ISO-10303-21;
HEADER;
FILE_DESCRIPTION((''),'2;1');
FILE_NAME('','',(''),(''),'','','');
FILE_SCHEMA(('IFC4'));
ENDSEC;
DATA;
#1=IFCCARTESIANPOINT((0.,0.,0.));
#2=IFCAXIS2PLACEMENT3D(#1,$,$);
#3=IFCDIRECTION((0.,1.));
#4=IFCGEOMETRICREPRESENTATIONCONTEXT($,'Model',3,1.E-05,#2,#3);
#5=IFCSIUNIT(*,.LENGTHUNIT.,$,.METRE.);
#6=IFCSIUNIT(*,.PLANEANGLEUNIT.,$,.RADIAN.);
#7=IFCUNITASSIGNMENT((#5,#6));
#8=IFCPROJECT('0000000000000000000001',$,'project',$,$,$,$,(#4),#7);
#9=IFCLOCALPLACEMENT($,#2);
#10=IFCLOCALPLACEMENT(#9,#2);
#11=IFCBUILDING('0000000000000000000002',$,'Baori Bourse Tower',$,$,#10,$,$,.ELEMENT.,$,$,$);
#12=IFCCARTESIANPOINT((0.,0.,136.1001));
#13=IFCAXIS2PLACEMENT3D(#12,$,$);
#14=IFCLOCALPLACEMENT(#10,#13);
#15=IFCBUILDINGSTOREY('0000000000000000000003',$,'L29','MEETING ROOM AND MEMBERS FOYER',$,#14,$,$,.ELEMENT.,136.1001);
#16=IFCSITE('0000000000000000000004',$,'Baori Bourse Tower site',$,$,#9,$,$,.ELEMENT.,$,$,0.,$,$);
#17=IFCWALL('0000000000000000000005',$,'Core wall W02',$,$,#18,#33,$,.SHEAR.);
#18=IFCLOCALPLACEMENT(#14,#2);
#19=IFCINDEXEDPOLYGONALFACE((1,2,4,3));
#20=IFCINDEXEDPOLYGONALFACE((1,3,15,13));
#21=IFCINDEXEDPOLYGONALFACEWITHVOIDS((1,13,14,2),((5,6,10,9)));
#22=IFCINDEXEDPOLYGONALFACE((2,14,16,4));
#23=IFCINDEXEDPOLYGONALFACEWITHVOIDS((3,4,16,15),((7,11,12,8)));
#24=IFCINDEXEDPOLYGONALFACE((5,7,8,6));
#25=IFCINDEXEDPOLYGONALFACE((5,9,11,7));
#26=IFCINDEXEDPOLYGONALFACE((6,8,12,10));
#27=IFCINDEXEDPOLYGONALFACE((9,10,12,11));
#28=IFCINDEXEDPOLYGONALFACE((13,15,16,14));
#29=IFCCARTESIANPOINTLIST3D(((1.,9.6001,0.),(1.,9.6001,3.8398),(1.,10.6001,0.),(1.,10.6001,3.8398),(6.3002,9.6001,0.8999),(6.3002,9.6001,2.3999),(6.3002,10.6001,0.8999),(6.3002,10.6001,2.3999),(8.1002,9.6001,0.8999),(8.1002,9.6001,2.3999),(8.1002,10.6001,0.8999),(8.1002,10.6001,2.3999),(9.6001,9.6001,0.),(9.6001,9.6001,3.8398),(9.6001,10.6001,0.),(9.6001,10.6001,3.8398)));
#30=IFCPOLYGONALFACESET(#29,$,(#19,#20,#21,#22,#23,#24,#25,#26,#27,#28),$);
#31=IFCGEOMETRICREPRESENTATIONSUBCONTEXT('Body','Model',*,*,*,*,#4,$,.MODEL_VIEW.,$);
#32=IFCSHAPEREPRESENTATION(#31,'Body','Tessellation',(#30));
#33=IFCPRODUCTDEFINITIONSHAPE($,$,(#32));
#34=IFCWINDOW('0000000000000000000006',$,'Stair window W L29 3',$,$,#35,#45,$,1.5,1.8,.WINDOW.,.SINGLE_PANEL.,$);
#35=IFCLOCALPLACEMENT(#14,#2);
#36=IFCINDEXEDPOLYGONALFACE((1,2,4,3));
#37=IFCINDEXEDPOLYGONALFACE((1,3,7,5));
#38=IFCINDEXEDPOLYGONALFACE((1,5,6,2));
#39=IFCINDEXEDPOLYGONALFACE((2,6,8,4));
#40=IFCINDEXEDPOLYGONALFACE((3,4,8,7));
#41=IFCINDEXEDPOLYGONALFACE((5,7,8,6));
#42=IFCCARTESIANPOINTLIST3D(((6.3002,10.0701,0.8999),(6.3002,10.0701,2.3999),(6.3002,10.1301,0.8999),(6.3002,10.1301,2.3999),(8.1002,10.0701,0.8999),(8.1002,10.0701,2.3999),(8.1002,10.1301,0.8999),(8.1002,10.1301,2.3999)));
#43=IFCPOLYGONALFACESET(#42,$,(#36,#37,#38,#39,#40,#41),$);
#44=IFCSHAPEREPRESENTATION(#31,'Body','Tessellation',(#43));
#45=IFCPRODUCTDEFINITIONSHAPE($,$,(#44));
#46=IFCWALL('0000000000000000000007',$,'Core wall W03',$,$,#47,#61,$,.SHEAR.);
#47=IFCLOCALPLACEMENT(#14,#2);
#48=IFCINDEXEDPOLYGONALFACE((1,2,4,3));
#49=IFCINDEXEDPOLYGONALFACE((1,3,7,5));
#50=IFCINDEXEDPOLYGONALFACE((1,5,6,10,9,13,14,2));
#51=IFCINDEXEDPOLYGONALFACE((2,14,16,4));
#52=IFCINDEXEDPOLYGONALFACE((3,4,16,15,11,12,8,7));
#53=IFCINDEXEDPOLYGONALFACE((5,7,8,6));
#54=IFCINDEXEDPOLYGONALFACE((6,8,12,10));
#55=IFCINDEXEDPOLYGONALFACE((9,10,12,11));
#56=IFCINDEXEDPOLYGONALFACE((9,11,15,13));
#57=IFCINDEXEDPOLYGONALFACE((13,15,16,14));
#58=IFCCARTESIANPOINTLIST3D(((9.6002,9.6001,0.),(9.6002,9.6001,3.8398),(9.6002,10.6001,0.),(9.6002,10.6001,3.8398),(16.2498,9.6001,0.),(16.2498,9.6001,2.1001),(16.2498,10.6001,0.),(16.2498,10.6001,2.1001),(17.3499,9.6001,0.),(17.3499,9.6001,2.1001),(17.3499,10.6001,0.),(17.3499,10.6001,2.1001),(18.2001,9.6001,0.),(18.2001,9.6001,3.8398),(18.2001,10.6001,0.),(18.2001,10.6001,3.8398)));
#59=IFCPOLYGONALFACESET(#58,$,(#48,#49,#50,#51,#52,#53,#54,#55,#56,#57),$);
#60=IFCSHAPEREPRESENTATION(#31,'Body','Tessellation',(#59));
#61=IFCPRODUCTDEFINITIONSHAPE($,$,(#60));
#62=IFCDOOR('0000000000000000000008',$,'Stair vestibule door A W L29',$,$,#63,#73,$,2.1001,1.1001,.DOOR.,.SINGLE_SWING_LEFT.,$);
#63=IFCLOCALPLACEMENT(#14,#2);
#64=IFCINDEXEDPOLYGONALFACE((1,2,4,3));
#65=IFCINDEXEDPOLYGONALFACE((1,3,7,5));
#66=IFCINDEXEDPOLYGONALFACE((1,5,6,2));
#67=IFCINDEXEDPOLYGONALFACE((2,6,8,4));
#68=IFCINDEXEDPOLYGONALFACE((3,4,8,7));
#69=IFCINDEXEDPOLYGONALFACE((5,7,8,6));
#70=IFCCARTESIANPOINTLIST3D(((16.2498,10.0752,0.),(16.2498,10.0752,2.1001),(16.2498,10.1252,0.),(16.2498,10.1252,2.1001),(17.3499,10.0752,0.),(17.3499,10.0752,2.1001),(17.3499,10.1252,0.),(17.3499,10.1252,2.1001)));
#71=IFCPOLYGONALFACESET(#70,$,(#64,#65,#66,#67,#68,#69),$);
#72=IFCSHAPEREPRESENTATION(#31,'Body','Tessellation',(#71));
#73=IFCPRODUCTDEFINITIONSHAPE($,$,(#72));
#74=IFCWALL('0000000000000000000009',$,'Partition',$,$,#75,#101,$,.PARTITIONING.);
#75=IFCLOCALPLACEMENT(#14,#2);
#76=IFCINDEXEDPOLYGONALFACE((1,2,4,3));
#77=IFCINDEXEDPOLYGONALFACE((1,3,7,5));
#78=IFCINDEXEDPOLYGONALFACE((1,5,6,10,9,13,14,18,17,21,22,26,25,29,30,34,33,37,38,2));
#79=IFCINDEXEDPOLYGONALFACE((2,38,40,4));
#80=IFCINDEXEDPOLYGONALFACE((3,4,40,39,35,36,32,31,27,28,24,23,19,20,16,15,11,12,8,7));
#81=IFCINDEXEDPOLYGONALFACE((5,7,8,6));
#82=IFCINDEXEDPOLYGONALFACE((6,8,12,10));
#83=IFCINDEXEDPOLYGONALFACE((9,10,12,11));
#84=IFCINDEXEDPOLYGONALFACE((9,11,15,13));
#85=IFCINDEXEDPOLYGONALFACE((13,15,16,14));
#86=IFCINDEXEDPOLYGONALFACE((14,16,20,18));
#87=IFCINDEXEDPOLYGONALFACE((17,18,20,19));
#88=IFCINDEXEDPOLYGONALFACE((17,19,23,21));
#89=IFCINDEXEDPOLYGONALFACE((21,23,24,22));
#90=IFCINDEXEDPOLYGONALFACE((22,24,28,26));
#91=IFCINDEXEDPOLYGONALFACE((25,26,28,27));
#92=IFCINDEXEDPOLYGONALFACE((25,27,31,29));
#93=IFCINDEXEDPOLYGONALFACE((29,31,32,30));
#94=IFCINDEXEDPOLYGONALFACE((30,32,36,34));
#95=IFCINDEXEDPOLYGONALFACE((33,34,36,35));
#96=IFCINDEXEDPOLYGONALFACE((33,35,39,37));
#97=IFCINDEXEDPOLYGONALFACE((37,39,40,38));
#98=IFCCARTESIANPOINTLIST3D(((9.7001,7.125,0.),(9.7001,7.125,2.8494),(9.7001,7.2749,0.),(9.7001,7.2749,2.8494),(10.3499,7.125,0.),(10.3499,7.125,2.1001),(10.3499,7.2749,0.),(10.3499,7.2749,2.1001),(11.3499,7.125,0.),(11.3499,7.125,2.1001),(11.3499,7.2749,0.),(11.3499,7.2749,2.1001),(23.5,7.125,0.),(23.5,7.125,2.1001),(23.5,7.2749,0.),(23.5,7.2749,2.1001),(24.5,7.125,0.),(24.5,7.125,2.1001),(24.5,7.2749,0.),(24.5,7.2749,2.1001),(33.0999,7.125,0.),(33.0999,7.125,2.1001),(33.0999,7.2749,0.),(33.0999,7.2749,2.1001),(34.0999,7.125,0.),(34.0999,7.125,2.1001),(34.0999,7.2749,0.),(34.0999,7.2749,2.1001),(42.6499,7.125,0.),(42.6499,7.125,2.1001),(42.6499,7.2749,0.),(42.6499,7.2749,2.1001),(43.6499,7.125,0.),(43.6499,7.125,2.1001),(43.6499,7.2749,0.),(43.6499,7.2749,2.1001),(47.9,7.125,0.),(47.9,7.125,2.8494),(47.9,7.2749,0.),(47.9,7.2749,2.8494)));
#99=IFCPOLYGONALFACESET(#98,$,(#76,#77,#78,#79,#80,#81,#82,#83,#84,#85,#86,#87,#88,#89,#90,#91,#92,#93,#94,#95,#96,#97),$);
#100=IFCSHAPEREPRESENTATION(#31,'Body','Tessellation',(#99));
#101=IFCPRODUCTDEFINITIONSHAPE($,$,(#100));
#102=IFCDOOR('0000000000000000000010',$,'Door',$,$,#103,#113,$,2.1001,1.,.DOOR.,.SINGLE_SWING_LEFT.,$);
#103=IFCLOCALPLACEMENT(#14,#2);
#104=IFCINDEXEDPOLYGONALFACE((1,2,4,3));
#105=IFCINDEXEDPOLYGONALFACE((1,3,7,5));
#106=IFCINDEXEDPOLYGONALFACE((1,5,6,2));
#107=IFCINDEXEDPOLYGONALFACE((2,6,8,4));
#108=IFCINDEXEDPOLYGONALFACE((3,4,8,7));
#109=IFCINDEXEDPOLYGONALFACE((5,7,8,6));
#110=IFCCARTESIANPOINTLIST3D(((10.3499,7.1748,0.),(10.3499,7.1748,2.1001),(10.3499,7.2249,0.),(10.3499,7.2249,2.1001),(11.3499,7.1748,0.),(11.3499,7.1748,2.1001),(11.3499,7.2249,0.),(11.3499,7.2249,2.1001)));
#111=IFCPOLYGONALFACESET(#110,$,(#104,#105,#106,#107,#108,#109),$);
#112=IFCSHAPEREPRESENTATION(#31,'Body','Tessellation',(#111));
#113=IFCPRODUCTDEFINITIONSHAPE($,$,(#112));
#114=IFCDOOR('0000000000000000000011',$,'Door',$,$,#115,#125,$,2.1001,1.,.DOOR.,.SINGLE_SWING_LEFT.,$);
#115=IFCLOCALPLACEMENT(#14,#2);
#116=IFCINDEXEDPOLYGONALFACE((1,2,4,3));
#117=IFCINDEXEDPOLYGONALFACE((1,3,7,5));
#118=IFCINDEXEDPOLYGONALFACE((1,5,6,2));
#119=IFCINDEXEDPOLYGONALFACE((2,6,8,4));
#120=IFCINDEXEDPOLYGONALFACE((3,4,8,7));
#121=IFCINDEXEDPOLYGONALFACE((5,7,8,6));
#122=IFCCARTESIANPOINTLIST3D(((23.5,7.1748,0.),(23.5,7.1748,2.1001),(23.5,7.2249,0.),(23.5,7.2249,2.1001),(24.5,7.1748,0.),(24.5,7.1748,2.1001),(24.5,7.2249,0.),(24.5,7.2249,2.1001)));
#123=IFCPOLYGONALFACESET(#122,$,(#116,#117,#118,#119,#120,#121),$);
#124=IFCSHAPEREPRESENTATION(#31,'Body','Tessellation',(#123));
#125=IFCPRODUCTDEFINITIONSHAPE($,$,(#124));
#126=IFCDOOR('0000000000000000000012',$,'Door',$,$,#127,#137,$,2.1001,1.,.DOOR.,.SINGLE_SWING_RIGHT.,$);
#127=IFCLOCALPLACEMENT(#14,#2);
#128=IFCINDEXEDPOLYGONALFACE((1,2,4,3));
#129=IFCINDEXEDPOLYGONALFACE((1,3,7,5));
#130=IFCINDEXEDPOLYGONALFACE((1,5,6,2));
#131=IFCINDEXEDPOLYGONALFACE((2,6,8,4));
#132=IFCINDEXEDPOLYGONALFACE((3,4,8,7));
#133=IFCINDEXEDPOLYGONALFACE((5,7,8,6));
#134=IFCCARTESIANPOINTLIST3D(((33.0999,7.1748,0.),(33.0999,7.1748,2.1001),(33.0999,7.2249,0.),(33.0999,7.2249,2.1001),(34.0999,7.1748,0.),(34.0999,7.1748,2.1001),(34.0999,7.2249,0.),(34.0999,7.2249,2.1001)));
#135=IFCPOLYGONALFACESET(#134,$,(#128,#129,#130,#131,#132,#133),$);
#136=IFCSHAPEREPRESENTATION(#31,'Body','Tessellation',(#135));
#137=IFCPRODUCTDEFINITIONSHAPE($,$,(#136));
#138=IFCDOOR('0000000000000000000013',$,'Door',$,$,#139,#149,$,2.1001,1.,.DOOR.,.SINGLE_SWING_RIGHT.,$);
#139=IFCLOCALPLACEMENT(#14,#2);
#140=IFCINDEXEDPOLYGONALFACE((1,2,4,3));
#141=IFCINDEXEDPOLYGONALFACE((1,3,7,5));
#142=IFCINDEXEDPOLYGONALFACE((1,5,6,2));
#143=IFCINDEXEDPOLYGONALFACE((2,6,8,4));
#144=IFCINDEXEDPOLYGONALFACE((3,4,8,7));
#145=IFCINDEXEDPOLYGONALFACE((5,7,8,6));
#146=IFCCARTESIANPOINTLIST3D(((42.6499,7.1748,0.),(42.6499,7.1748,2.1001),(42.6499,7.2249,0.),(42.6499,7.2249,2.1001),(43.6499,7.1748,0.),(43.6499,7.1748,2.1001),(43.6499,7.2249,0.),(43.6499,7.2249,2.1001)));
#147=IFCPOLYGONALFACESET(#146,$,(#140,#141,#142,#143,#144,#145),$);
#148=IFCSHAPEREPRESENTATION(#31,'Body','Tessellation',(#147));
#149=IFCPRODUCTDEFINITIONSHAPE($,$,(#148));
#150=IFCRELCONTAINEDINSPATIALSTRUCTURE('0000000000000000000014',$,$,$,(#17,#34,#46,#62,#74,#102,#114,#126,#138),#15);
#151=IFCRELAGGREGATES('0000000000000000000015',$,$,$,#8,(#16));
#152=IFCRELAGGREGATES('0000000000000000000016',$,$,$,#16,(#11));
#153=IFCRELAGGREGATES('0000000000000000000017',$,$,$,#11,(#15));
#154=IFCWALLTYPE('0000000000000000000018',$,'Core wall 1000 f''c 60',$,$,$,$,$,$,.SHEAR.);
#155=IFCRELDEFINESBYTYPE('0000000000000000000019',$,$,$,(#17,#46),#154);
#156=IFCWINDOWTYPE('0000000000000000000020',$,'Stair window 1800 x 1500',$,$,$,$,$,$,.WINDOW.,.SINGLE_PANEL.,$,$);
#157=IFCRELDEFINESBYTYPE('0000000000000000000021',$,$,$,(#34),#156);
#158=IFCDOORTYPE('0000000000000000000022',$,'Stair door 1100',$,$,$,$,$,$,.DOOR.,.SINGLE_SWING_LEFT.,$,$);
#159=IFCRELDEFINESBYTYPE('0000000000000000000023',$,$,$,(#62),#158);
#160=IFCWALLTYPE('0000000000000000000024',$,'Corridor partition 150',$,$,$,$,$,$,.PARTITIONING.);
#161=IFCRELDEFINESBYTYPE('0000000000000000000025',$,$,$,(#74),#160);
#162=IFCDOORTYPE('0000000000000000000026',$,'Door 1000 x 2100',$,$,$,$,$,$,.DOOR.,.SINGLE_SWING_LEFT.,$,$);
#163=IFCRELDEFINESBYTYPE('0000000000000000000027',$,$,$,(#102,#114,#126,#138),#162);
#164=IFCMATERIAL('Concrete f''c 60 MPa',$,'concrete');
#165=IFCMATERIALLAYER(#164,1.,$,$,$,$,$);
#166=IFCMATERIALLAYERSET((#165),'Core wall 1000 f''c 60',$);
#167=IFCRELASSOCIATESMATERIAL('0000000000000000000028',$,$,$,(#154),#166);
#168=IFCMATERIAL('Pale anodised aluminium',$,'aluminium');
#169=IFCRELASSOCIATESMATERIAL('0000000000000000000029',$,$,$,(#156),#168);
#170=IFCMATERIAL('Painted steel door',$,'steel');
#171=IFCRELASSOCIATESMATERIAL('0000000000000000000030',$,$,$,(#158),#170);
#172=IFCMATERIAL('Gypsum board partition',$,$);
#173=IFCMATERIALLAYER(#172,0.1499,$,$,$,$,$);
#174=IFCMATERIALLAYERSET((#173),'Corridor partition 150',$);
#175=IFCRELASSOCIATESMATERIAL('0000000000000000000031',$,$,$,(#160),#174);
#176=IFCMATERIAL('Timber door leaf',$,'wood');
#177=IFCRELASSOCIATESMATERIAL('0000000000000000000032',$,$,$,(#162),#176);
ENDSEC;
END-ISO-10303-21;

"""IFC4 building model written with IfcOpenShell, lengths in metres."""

from ifc_helpers import new_model, si_unit, direction, frame, frame_2d, origin, place, context, subcontext, project, spatial, rectangle, extrude, material, layer, layer_set, type_object, element, fill, save


model = new_model("IFC4")

# Units and contexts
model_context = context("Model", 3, precision=1e-05, world=origin(), true_north=direction((0.0, 1.0)))
body_context = subcontext(model_context, "Body", "Model", "MODEL_VIEW")
ifc_project = project(units=[si_unit("LENGTHUNIT", "METRE"), si_unit("PLANEANGLEUNIT", "RADIAN")], contexts=[model_context])

# Site, building, storey
site_placement = place(None, origin())
site = spatial("IfcSite", under=ifc_project, at=site_placement, Name="Baori Bourse Tower site", CompositionType="ELEMENT", RefElevation=0.0)
building_placement = place(site_placement, origin())
building = spatial("IfcBuilding", under=site, at=building_placement, Name="Baori Bourse Tower", CompositionType="ELEMENT")
storey_placement = place(building_placement, frame((0.0, 0.0, 136.1001)))
storey = spatial("IfcBuildingStorey", under=building, at=storey_placement, Name="L29", Description="MEETING ROOM AND MEMBERS FOYER", CompositionType="ELEMENT", Elevation=136.1001)

# Wall, opening, window
ifc_material_1 = material(Name="Concrete f'c 60 MPa", Category="concrete")
ifc_layer_1 = layer(ifc_material_1, 1.0)
ifc_layer_set_1 = layer_set([ifc_layer_1], Name="Core wall 1000 f'c 60")
wall_type_1 = type_object("IfcWallType", Name="Core wall 1000 f'c 60", PredefinedType="SHEAR", material=ifc_layer_set_1)
wall_1_placement = place(storey_placement, frame((9.6001, 10.1001, 0.0), z_axis=(0.0, 0.0, 1.0), x_axis=(-1.0, 0.0, 0.0)))
wall_1 = element("IfcWall", 1, at=wall_1_placement, inside=storey, type_object=wall_type_1, Name="Core wall W02", PredefinedType="SHEAR", context=body_context, shape_type="SweptSolid", body=[
    extrude(rectangle(XDim=8.6001, YDim=1.0, at=frame_2d((4.3, 0.0))), origin(), (0.0, 0.0, 1.0), 3.8398),
])
opening_1_placement = place(wall_1_placement, frame((1.5, 0.0, 0.8999)))
opening_1 = element("IfcOpeningElement", 2, at=opening_1_placement, cuts=wall_1, PredefinedType="OPENING", context=body_context, shape_type="SweptSolid", body=[
    extrude(rectangle(XDim=1.8, YDim=1.5, at=frame_2d((0.8999, 0.75))), frame((0.0, 0.51, 0.0), z_axis=(0.0, -1.0, 0.0), x_axis=(1.0, 0.0, 0.0)), (0.0, 0.0, 1.0), 1.02),
])
ifc_material_2 = material(Name="Pale anodised aluminium", Category="aluminium")
window_type = type_object("IfcWindowType", Name="Stair window 1800 x 1500", PartitioningType="SINGLE_PANEL", PredefinedType="WINDOW", material=ifc_material_2)
window_placement = place(opening_1_placement, origin())
window = element("IfcWindow", 3, at=window_placement, inside=storey, type_object=window_type, Name="Stair window W L29 3", OverallHeight=1.5, OverallWidth=1.8, PartitioningType="SINGLE_PANEL", PredefinedType="WINDOW", context=body_context, shape_type="SweptSolid", body=[
    extrude(rectangle(XDim=1.8, YDim=1.5, at=frame_2d((0.8999, 0.75))), frame((0.0, 0.03, 0.0), z_axis=(0.0, -1.0, 0.0), x_axis=(1.0, 0.0, 0.0)), (0.0, 0.0, 1.0), 0.0601),
])
fill(opening_1, window)

# Wall, opening, door
wall_2_placement = place(storey_placement, frame((18.2, 10.1001, 0.0), z_axis=(0.0, 0.0, 1.0), x_axis=(-1.0, 0.0, 0.0)))
wall_2 = element("IfcWall", 4, at=wall_2_placement, inside=storey, type_object=wall_type_1, Name="Core wall W03", PredefinedType="SHEAR", context=body_context, shape_type="SweptSolid", body=[
    extrude(rectangle(XDim=8.5999, YDim=1.0, at=frame_2d((4.2998, 0.0))), origin(), (0.0, 0.0, 1.0), 3.8398),
])
opening_2_placement = place(wall_2_placement, frame((0.8501, 0.0, 0.0)))
opening_2 = element("IfcOpeningElement", 5, at=opening_2_placement, cuts=wall_2, PredefinedType="OPENING", context=body_context, shape_type="SweptSolid", body=[
    extrude(rectangle(XDim=1.1001, YDim=2.1001, at=frame_2d((0.55, 1.05))), frame((0.0, 0.51, 0.0), z_axis=(0.0, -1.0, 0.0), x_axis=(1.0, 0.0, 0.0)), (0.0, 0.0, 1.0), 1.02),
])
ifc_material_3 = material(Name="Painted steel door", Category="steel")
door_type_1 = type_object("IfcDoorType", Name="Stair door 1100", OperationType="SINGLE_SWING_LEFT", PredefinedType="DOOR", material=ifc_material_3)
door_1_placement = place(opening_2_placement, origin())
door_1 = element("IfcDoor", 6, at=door_1_placement, inside=storey, type_object=door_type_1, Name="Stair vestibule door A W L29", OperationType="SINGLE_SWING_LEFT", OverallHeight=2.1001, OverallWidth=1.1001, PredefinedType="DOOR", context=body_context, shape_type="SweptSolid", body=[
    extrude(rectangle(XDim=1.1001, YDim=2.1001, at=frame_2d((0.55, 1.05))), frame((0.0, 0.0249, 0.0), z_axis=(0.0, -1.0, 0.0), x_axis=(1.0, 0.0, 0.0)), (0.0, 0.0, 1.0), 0.05),
])
fill(opening_2, door_1)

# Wall, openings, doors
ifc_material_4 = material(Name="Gypsum board partition")
ifc_layer_2 = layer(ifc_material_4, 0.1499)
ifc_layer_set_2 = layer_set([ifc_layer_2], Name="Corridor partition 150")
wall_type_2 = type_object("IfcWallType", Name="Corridor partition 150", PredefinedType="PARTITIONING", material=ifc_layer_set_2)
wall_3_placement = place(storey_placement, frame((9.7, 7.2, 0.0), z_axis=(0.0, 0.0, 1.0), x_axis=(1.0, 0.0, 0.0)))
wall_3 = element("IfcWall", 7, at=wall_3_placement, inside=storey, type_object=wall_type_2, Name="Partition", PredefinedType="PARTITIONING", context=body_context, shape_type="SweptSolid", body=[
    extrude(rectangle(XDim=38.2, YDim=0.1499, at=frame_2d((19.1001, 0.0))), origin(), (0.0, 0.0, 1.0), 2.8494),
])
opening_3_placement = place(wall_3_placement, frame((0.6499, 0.0, 0.0)))
opening_3 = element("IfcOpeningElement", 8, at=opening_3_placement, cuts=wall_3, PredefinedType="OPENING", context=body_context, shape_type="SweptSolid", body=[
    extrude(rectangle(XDim=1.0, YDim=2.1001, at=frame_2d((0.5, 1.05))), frame((0.0, 0.085, 0.0), z_axis=(0.0, -1.0, 0.0), x_axis=(1.0, 0.0, 0.0)), (0.0, 0.0, 1.0), 0.1699),
])
opening_4_placement = place(wall_3_placement, frame((13.8, 0.0, 0.0)))
opening_4 = element("IfcOpeningElement", 9, at=opening_4_placement, cuts=wall_3, PredefinedType="OPENING", context=body_context, shape_type="SweptSolid", body=[
    extrude(rectangle(XDim=1.0, YDim=2.1001, at=frame_2d((0.5, 1.05))), frame((0.0, 0.085, 0.0), z_axis=(0.0, -1.0, 0.0), x_axis=(1.0, 0.0, 0.0)), (0.0, 0.0, 1.0), 0.1699),
])
opening_5_placement = place(wall_3_placement, frame((23.3999, 0.0, 0.0)))
opening_5 = element("IfcOpeningElement", 10, at=opening_5_placement, cuts=wall_3, PredefinedType="OPENING", context=body_context, shape_type="SweptSolid", body=[
    extrude(rectangle(XDim=1.0, YDim=2.1001, at=frame_2d((0.5, 1.05))), frame((0.0, 0.085, 0.0), z_axis=(0.0, -1.0, 0.0), x_axis=(1.0, 0.0, 0.0)), (0.0, 0.0, 1.0), 0.1699),
])
opening_6_placement = place(wall_3_placement, frame((32.95, 0.0, 0.0)))
opening_6 = element("IfcOpeningElement", 11, at=opening_6_placement, cuts=wall_3, PredefinedType="OPENING", context=body_context, shape_type="SweptSolid", body=[
    extrude(rectangle(XDim=1.0, YDim=2.1001, at=frame_2d((0.5, 1.05))), frame((0.0, 0.085, 0.0), z_axis=(0.0, -1.0, 0.0), x_axis=(1.0, 0.0, 0.0)), (0.0, 0.0, 1.0), 0.1699),
])
ifc_material_5 = material(Name="Timber door leaf", Category="wood")
door_type_2 = type_object("IfcDoorType", Name="Door 1000 x 2100", OperationType="SINGLE_SWING_LEFT", PredefinedType="DOOR", material=ifc_material_5)
door_2_placement = place(opening_3_placement, origin())
door_2 = element("IfcDoor", 12, at=door_2_placement, inside=storey, type_object=door_type_2, Name="Door", OperationType="SINGLE_SWING_LEFT", OverallHeight=2.1001, OverallWidth=1.0, PredefinedType="DOOR", context=body_context, shape_type="SweptSolid", body=[
    extrude(rectangle(XDim=1.0, YDim=2.1001, at=frame_2d((0.5, 1.05))), frame((0.0, 0.0249, 0.0), z_axis=(0.0, -1.0, 0.0), x_axis=(1.0, 0.0, 0.0)), (0.0, 0.0, 1.0), 0.05),
])
fill(opening_3, door_2)
door_3_placement = place(opening_4_placement, origin())
door_3 = element("IfcDoor", 13, at=door_3_placement, inside=storey, type_object=door_type_2, Name="Door", OperationType="SINGLE_SWING_LEFT", OverallHeight=2.1001, OverallWidth=1.0, PredefinedType="DOOR", context=body_context, shape_type="SweptSolid", body=[
    extrude(rectangle(XDim=1.0, YDim=2.1001, at=frame_2d((0.5, 1.05))), frame((0.0, 0.0249, 0.0), z_axis=(0.0, -1.0, 0.0), x_axis=(1.0, 0.0, 0.0)), (0.0, 0.0, 1.0), 0.05),
])
fill(opening_4, door_3)
door_4_placement = place(opening_5_placement, origin())
door_4 = element("IfcDoor", 14, at=door_4_placement, inside=storey, type_object=door_type_2, Name="Door", OperationType="SINGLE_SWING_RIGHT", OverallHeight=2.1001, OverallWidth=1.0, PredefinedType="DOOR", context=body_context, shape_type="SweptSolid", body=[
    extrude(rectangle(XDim=1.0, YDim=2.1001, at=frame_2d((0.5, 1.05))), frame((0.0, 0.0249, 0.0), z_axis=(0.0, -1.0, 0.0), x_axis=(1.0, 0.0, 0.0)), (0.0, 0.0, 1.0), 0.05),
])
fill(opening_5, door_4)
door_5_placement = place(opening_6_placement, origin())
door_5 = element("IfcDoor", 15, at=door_5_placement, inside=storey, type_object=door_type_2, Name="Door", OperationType="SINGLE_SWING_RIGHT", OverallHeight=2.1001, OverallWidth=1.0, PredefinedType="DOOR", context=body_context, shape_type="SweptSolid", body=[
    extrude(rectangle(XDim=1.0, YDim=2.1001, at=frame_2d((0.5, 1.05))), frame((0.0, 0.0249, 0.0), z_axis=(0.0, -1.0, 0.0), x_axis=(1.0, 0.0, 0.0)), (0.0, 0.0, 1.0), 0.05),
])
fill(opening_6, door_5)

save(model, "model.ifc")
